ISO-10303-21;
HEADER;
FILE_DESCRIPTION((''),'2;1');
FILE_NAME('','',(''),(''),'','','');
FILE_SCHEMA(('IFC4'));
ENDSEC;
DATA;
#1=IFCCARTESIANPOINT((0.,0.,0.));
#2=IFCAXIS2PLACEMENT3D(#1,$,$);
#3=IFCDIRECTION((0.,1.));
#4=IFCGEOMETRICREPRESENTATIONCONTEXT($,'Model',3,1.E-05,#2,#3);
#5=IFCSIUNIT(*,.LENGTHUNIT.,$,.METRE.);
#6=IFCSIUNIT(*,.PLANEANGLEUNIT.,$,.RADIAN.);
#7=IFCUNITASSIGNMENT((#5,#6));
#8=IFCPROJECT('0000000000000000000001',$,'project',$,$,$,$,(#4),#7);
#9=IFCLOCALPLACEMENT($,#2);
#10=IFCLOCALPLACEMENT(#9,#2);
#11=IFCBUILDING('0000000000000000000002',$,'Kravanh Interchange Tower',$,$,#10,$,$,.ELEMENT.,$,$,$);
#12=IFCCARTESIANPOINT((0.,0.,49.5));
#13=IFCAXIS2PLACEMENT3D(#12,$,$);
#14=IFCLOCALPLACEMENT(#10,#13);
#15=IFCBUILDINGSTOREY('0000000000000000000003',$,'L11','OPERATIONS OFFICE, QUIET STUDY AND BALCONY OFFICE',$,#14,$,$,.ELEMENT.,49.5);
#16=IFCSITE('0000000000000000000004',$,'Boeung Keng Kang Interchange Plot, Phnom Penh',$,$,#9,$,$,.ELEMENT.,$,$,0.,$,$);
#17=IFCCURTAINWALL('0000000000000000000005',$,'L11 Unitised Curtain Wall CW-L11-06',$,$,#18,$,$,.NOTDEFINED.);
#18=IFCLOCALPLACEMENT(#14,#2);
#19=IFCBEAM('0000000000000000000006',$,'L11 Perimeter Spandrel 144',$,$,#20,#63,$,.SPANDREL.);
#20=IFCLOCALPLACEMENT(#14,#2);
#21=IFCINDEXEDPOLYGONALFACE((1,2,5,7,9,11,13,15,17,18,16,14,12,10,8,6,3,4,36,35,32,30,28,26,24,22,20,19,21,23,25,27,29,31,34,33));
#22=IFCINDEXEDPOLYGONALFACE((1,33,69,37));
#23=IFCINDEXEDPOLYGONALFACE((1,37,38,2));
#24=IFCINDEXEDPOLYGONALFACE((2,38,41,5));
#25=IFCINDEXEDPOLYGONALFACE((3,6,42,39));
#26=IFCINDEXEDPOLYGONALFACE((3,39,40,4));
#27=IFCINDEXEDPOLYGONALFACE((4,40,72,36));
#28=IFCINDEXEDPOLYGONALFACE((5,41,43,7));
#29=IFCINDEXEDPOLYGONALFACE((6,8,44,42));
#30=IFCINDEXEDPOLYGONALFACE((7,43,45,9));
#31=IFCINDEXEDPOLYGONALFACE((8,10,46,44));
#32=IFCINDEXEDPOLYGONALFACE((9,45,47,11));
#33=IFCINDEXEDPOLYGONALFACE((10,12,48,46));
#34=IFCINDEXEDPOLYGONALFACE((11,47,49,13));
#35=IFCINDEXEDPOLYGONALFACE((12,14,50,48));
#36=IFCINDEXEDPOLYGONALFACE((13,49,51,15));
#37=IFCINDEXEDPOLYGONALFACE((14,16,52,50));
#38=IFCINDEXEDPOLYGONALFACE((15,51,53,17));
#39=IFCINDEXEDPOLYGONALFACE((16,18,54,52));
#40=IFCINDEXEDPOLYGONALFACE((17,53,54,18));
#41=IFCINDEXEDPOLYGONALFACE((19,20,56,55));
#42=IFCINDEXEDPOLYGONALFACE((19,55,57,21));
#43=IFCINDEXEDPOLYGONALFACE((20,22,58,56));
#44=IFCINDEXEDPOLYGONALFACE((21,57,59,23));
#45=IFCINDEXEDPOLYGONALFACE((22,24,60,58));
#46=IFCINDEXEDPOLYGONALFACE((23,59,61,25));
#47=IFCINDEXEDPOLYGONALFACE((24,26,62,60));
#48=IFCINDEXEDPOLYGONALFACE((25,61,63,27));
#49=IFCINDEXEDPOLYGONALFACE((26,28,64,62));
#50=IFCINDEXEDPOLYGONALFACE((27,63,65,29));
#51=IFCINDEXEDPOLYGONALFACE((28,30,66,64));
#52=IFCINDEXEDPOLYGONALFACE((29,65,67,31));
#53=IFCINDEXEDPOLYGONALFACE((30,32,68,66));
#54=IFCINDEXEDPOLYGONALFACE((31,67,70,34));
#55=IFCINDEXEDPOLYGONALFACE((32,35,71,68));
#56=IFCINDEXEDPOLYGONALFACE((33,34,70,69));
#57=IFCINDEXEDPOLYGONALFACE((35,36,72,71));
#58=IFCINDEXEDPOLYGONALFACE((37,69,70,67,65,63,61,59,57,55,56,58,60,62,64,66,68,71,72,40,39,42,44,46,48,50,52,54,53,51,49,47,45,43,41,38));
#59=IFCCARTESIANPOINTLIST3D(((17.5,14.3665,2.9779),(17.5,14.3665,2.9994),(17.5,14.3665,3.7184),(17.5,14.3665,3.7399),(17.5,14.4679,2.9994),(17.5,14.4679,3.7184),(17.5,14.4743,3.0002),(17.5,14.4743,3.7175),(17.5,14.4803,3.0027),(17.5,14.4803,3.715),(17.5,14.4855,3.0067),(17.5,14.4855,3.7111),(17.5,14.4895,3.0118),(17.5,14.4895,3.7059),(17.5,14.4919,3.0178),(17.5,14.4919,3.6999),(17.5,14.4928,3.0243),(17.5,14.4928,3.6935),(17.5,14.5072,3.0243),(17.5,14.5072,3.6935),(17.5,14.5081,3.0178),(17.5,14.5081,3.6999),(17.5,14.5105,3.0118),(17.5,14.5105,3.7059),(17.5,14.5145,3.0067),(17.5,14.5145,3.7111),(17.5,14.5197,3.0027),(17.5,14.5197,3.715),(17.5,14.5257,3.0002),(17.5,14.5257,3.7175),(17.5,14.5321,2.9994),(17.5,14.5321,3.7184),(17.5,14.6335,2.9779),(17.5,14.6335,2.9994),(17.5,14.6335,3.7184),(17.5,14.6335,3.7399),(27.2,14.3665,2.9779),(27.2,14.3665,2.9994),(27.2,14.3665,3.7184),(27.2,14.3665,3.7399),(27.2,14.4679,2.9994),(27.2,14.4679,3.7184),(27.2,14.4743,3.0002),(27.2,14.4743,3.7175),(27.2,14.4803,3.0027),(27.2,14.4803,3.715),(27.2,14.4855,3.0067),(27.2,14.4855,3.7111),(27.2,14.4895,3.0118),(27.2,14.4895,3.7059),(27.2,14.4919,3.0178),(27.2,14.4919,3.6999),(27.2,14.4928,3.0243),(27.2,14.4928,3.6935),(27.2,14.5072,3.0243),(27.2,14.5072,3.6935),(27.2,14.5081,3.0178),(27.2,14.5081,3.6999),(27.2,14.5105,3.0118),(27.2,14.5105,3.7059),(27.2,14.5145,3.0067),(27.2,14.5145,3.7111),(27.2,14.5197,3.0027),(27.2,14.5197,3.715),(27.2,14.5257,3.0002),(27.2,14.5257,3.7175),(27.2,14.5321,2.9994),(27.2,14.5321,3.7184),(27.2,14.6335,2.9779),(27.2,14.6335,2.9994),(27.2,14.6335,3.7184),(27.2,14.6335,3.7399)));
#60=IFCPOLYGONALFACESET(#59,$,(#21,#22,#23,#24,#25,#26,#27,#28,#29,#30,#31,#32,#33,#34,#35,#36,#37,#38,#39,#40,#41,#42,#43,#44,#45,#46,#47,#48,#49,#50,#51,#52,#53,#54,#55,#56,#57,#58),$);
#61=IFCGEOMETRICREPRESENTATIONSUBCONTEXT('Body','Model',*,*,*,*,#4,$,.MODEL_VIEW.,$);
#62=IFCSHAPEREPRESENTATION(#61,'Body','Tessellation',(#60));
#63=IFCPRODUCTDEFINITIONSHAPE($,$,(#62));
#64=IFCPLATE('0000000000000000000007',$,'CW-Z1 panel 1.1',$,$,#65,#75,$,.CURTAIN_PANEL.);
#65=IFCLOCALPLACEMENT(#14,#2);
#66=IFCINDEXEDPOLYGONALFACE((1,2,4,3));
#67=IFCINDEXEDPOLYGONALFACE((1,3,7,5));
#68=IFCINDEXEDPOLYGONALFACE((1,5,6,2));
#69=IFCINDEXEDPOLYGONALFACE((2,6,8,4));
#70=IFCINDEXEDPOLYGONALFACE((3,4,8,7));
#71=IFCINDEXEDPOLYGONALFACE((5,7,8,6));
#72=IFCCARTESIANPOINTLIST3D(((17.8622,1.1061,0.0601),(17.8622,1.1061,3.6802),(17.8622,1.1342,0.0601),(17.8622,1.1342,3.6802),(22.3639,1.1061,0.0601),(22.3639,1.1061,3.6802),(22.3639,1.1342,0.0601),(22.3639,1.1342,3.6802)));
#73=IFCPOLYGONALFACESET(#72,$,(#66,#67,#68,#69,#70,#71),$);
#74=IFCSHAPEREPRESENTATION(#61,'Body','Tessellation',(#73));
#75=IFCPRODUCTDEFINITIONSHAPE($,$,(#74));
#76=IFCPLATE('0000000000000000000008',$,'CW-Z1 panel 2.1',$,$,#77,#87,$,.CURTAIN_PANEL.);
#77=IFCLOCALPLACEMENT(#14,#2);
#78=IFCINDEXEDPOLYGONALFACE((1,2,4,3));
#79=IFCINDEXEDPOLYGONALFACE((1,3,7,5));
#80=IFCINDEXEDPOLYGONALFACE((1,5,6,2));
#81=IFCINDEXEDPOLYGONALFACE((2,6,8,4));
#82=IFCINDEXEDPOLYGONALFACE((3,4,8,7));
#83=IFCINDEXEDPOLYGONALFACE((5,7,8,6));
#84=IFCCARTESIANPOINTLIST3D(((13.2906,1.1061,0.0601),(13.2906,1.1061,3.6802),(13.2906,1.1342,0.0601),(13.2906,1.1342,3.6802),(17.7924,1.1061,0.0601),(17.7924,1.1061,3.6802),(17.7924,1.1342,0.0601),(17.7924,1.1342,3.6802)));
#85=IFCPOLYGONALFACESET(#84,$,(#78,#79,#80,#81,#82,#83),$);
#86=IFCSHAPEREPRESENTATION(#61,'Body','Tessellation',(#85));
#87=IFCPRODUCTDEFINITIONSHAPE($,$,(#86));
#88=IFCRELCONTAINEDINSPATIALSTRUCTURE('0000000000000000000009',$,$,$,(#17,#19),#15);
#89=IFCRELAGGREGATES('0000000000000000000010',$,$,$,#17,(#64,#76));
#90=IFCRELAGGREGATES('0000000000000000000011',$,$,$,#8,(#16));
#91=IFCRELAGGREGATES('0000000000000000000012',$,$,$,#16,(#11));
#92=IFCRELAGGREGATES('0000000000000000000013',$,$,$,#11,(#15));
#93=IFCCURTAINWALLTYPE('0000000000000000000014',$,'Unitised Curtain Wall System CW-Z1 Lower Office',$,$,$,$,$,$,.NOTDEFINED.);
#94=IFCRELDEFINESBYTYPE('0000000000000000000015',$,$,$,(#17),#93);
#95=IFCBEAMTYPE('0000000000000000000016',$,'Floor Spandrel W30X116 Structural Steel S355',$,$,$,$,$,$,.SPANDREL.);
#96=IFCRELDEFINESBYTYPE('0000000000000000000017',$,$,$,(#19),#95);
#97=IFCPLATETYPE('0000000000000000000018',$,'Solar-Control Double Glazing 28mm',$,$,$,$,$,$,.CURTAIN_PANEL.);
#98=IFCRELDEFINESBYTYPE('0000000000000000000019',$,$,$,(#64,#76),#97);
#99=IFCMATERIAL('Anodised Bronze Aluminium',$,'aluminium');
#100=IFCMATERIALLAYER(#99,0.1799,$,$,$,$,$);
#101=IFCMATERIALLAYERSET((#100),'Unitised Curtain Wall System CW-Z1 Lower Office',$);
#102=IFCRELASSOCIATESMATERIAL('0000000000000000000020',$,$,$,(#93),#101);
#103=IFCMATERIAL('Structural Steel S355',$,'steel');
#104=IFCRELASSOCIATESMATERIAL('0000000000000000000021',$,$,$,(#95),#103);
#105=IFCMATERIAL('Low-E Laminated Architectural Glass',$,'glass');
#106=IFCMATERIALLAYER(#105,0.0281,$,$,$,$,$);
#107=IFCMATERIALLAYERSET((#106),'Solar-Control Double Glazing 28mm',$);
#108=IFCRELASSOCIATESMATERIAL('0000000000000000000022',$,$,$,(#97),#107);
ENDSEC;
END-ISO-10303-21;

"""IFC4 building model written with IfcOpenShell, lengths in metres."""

from ifc_helpers import new_model, si_unit, direction, frame, origin, origin_2d, place, context, subcontext, project, spatial, rectangle, i_section, extrude, material, layer, layer_set, material_profile, profile_set, type_object, element, aggregate, save


model = new_model("IFC4")

# Units and contexts
model_context = context("Model", 3, precision=1e-05, world=origin(), true_north=direction((0.0, 1.0)))
body_context = subcontext(model_context, "Body", "Model", "MODEL_VIEW")
ifc_project = project(units=[si_unit("LENGTHUNIT", "METRE"), si_unit("PLANEANGLEUNIT", "RADIAN")], contexts=[model_context])

# Site, building, storey
site_placement = place(None, origin())
site = spatial("IfcSite", under=ifc_project, at=site_placement, Name="Boeung Keng Kang Interchange Plot, Phnom Penh", CompositionType="ELEMENT", RefElevation=0.0)
building_placement = place(site_placement, origin())
building = spatial("IfcBuilding", under=site, at=building_placement, Name="Kravanh Interchange Tower", CompositionType="ELEMENT")
storey_placement = place(building_placement, frame((0.0, 0.0, 49.5)))
storey = spatial("IfcBuildingStorey", under=building, at=storey_placement, Name="L11", Description="OPERATIONS OFFICE, QUIET STUDY AND BALCONY OFFICE", CompositionType="ELEMENT", Elevation=49.5)

# Curtain wall
ifc_material_1 = material(Name="Anodised Bronze Aluminium", Category="aluminium")
ifc_layer_1 = layer(ifc_material_1, 0.1799)
ifc_layer_set_1 = layer_set([ifc_layer_1], Name="Unitised Curtain Wall System CW-Z1 Lower Office")
curtain_wall_type = type_object("IfcCurtainWallType", Name="Unitised Curtain Wall System CW-Z1 Lower Office", PredefinedType="NOTDEFINED", material=ifc_layer_set_1)
curtain_wall_placement = place(storey_placement, origin())
curtain_wall = element("IfcCurtainWall", 1, at=curtain_wall_placement, inside=storey, type_object=curtain_wall_type, Name="L11 Unitised Curtain Wall CW-L11-06", PredefinedType="NOTDEFINED")

# Beam
ifc_material_2 = material(Name="Structural Steel S355", Category="steel")
ifc_material_profile_1 = material_profile(ifc_material_2, i_section(OverallWidth=0.2671, OverallDepth=0.762, WebThickness=0.0144, FlangeThickness=0.0215, FilletRadius=0.0249, at=origin_2d()), Name="W30X116")
ifc_profile_set_1 = profile_set([ifc_material_profile_1], Name="Structural Steel S355")
beam_type_1 = type_object("IfcBeamType", Name="Floor Spandrel W30X116 Structural Steel S355", PredefinedType="SPANDREL", material=ifc_profile_set_1)
beam_1_placement = place(storey_placement, frame((17.5, 14.5, 3.3589), z_axis=(1.0, 0.0, 0.0), x_axis=(0.0, 1.0, 0.0)))
element("IfcBeam", 2, at=beam_1_placement, inside=storey, type_object=beam_type_1, Name="L11 Perimeter Spandrel 144", PredefinedType="SPANDREL", context=body_context, shape_type="SweptSolid", body=[
    extrude(i_section(OverallWidth=0.2671, OverallDepth=0.762, WebThickness=0.0144, FlangeThickness=0.0215, FilletRadius=0.0249, at=origin_2d()), origin(), (0.0, 0.0, 1.0), 9.7),
])

# Plates
ifc_material_3 = material(Name="Low-E Laminated Architectural Glass", Category="glass")
ifc_layer_2 = layer(ifc_material_3, 0.0281)
ifc_layer_set_2 = layer_set([ifc_layer_2], Name="Solar-Control Double Glazing 28mm")
plate_type = type_object("IfcPlateType", Name="Solar-Control Double Glazing 28mm", PredefinedType="CURTAIN_PANEL", material=ifc_layer_set_2)
plate_1_placement = place(storey_placement, frame((20.113, 1.1201, 0.0601), z_axis=(0.0, 0.0, 1.0), x_axis=(-1.0, 0.0, 0.0)))
plate_1 = element("IfcPlate", 3, at=plate_1_placement, type_object=plate_type, Name="CW-Z1 panel 1.1", PredefinedType="CURTAIN_PANEL", context=body_context, shape_type="SweptSolid", body=[
    extrude(rectangle(XDim=4.5017, YDim=0.0281, at=origin_2d()), origin(), (0.0, 0.0, 1.0), 3.6201),
])
plate_2_placement = place(storey_placement, frame((15.5415, 1.1201, 0.0601), z_axis=(0.0, 0.0, 1.0), x_axis=(-1.0, 0.0, 0.0)))
plate_2 = element("IfcPlate", 4, at=plate_2_placement, type_object=plate_type, Name="CW-Z1 panel 2.1", PredefinedType="CURTAIN_PANEL", context=body_context, shape_type="SweptSolid", body=[
    extrude(rectangle(XDim=4.5017, YDim=0.0281, at=origin_2d()), origin(), (0.0, 0.0, 1.0), 3.6201),
])
aggregate(curtain_wall, [plate_1, plate_2])

save(model, "model.ifc")
